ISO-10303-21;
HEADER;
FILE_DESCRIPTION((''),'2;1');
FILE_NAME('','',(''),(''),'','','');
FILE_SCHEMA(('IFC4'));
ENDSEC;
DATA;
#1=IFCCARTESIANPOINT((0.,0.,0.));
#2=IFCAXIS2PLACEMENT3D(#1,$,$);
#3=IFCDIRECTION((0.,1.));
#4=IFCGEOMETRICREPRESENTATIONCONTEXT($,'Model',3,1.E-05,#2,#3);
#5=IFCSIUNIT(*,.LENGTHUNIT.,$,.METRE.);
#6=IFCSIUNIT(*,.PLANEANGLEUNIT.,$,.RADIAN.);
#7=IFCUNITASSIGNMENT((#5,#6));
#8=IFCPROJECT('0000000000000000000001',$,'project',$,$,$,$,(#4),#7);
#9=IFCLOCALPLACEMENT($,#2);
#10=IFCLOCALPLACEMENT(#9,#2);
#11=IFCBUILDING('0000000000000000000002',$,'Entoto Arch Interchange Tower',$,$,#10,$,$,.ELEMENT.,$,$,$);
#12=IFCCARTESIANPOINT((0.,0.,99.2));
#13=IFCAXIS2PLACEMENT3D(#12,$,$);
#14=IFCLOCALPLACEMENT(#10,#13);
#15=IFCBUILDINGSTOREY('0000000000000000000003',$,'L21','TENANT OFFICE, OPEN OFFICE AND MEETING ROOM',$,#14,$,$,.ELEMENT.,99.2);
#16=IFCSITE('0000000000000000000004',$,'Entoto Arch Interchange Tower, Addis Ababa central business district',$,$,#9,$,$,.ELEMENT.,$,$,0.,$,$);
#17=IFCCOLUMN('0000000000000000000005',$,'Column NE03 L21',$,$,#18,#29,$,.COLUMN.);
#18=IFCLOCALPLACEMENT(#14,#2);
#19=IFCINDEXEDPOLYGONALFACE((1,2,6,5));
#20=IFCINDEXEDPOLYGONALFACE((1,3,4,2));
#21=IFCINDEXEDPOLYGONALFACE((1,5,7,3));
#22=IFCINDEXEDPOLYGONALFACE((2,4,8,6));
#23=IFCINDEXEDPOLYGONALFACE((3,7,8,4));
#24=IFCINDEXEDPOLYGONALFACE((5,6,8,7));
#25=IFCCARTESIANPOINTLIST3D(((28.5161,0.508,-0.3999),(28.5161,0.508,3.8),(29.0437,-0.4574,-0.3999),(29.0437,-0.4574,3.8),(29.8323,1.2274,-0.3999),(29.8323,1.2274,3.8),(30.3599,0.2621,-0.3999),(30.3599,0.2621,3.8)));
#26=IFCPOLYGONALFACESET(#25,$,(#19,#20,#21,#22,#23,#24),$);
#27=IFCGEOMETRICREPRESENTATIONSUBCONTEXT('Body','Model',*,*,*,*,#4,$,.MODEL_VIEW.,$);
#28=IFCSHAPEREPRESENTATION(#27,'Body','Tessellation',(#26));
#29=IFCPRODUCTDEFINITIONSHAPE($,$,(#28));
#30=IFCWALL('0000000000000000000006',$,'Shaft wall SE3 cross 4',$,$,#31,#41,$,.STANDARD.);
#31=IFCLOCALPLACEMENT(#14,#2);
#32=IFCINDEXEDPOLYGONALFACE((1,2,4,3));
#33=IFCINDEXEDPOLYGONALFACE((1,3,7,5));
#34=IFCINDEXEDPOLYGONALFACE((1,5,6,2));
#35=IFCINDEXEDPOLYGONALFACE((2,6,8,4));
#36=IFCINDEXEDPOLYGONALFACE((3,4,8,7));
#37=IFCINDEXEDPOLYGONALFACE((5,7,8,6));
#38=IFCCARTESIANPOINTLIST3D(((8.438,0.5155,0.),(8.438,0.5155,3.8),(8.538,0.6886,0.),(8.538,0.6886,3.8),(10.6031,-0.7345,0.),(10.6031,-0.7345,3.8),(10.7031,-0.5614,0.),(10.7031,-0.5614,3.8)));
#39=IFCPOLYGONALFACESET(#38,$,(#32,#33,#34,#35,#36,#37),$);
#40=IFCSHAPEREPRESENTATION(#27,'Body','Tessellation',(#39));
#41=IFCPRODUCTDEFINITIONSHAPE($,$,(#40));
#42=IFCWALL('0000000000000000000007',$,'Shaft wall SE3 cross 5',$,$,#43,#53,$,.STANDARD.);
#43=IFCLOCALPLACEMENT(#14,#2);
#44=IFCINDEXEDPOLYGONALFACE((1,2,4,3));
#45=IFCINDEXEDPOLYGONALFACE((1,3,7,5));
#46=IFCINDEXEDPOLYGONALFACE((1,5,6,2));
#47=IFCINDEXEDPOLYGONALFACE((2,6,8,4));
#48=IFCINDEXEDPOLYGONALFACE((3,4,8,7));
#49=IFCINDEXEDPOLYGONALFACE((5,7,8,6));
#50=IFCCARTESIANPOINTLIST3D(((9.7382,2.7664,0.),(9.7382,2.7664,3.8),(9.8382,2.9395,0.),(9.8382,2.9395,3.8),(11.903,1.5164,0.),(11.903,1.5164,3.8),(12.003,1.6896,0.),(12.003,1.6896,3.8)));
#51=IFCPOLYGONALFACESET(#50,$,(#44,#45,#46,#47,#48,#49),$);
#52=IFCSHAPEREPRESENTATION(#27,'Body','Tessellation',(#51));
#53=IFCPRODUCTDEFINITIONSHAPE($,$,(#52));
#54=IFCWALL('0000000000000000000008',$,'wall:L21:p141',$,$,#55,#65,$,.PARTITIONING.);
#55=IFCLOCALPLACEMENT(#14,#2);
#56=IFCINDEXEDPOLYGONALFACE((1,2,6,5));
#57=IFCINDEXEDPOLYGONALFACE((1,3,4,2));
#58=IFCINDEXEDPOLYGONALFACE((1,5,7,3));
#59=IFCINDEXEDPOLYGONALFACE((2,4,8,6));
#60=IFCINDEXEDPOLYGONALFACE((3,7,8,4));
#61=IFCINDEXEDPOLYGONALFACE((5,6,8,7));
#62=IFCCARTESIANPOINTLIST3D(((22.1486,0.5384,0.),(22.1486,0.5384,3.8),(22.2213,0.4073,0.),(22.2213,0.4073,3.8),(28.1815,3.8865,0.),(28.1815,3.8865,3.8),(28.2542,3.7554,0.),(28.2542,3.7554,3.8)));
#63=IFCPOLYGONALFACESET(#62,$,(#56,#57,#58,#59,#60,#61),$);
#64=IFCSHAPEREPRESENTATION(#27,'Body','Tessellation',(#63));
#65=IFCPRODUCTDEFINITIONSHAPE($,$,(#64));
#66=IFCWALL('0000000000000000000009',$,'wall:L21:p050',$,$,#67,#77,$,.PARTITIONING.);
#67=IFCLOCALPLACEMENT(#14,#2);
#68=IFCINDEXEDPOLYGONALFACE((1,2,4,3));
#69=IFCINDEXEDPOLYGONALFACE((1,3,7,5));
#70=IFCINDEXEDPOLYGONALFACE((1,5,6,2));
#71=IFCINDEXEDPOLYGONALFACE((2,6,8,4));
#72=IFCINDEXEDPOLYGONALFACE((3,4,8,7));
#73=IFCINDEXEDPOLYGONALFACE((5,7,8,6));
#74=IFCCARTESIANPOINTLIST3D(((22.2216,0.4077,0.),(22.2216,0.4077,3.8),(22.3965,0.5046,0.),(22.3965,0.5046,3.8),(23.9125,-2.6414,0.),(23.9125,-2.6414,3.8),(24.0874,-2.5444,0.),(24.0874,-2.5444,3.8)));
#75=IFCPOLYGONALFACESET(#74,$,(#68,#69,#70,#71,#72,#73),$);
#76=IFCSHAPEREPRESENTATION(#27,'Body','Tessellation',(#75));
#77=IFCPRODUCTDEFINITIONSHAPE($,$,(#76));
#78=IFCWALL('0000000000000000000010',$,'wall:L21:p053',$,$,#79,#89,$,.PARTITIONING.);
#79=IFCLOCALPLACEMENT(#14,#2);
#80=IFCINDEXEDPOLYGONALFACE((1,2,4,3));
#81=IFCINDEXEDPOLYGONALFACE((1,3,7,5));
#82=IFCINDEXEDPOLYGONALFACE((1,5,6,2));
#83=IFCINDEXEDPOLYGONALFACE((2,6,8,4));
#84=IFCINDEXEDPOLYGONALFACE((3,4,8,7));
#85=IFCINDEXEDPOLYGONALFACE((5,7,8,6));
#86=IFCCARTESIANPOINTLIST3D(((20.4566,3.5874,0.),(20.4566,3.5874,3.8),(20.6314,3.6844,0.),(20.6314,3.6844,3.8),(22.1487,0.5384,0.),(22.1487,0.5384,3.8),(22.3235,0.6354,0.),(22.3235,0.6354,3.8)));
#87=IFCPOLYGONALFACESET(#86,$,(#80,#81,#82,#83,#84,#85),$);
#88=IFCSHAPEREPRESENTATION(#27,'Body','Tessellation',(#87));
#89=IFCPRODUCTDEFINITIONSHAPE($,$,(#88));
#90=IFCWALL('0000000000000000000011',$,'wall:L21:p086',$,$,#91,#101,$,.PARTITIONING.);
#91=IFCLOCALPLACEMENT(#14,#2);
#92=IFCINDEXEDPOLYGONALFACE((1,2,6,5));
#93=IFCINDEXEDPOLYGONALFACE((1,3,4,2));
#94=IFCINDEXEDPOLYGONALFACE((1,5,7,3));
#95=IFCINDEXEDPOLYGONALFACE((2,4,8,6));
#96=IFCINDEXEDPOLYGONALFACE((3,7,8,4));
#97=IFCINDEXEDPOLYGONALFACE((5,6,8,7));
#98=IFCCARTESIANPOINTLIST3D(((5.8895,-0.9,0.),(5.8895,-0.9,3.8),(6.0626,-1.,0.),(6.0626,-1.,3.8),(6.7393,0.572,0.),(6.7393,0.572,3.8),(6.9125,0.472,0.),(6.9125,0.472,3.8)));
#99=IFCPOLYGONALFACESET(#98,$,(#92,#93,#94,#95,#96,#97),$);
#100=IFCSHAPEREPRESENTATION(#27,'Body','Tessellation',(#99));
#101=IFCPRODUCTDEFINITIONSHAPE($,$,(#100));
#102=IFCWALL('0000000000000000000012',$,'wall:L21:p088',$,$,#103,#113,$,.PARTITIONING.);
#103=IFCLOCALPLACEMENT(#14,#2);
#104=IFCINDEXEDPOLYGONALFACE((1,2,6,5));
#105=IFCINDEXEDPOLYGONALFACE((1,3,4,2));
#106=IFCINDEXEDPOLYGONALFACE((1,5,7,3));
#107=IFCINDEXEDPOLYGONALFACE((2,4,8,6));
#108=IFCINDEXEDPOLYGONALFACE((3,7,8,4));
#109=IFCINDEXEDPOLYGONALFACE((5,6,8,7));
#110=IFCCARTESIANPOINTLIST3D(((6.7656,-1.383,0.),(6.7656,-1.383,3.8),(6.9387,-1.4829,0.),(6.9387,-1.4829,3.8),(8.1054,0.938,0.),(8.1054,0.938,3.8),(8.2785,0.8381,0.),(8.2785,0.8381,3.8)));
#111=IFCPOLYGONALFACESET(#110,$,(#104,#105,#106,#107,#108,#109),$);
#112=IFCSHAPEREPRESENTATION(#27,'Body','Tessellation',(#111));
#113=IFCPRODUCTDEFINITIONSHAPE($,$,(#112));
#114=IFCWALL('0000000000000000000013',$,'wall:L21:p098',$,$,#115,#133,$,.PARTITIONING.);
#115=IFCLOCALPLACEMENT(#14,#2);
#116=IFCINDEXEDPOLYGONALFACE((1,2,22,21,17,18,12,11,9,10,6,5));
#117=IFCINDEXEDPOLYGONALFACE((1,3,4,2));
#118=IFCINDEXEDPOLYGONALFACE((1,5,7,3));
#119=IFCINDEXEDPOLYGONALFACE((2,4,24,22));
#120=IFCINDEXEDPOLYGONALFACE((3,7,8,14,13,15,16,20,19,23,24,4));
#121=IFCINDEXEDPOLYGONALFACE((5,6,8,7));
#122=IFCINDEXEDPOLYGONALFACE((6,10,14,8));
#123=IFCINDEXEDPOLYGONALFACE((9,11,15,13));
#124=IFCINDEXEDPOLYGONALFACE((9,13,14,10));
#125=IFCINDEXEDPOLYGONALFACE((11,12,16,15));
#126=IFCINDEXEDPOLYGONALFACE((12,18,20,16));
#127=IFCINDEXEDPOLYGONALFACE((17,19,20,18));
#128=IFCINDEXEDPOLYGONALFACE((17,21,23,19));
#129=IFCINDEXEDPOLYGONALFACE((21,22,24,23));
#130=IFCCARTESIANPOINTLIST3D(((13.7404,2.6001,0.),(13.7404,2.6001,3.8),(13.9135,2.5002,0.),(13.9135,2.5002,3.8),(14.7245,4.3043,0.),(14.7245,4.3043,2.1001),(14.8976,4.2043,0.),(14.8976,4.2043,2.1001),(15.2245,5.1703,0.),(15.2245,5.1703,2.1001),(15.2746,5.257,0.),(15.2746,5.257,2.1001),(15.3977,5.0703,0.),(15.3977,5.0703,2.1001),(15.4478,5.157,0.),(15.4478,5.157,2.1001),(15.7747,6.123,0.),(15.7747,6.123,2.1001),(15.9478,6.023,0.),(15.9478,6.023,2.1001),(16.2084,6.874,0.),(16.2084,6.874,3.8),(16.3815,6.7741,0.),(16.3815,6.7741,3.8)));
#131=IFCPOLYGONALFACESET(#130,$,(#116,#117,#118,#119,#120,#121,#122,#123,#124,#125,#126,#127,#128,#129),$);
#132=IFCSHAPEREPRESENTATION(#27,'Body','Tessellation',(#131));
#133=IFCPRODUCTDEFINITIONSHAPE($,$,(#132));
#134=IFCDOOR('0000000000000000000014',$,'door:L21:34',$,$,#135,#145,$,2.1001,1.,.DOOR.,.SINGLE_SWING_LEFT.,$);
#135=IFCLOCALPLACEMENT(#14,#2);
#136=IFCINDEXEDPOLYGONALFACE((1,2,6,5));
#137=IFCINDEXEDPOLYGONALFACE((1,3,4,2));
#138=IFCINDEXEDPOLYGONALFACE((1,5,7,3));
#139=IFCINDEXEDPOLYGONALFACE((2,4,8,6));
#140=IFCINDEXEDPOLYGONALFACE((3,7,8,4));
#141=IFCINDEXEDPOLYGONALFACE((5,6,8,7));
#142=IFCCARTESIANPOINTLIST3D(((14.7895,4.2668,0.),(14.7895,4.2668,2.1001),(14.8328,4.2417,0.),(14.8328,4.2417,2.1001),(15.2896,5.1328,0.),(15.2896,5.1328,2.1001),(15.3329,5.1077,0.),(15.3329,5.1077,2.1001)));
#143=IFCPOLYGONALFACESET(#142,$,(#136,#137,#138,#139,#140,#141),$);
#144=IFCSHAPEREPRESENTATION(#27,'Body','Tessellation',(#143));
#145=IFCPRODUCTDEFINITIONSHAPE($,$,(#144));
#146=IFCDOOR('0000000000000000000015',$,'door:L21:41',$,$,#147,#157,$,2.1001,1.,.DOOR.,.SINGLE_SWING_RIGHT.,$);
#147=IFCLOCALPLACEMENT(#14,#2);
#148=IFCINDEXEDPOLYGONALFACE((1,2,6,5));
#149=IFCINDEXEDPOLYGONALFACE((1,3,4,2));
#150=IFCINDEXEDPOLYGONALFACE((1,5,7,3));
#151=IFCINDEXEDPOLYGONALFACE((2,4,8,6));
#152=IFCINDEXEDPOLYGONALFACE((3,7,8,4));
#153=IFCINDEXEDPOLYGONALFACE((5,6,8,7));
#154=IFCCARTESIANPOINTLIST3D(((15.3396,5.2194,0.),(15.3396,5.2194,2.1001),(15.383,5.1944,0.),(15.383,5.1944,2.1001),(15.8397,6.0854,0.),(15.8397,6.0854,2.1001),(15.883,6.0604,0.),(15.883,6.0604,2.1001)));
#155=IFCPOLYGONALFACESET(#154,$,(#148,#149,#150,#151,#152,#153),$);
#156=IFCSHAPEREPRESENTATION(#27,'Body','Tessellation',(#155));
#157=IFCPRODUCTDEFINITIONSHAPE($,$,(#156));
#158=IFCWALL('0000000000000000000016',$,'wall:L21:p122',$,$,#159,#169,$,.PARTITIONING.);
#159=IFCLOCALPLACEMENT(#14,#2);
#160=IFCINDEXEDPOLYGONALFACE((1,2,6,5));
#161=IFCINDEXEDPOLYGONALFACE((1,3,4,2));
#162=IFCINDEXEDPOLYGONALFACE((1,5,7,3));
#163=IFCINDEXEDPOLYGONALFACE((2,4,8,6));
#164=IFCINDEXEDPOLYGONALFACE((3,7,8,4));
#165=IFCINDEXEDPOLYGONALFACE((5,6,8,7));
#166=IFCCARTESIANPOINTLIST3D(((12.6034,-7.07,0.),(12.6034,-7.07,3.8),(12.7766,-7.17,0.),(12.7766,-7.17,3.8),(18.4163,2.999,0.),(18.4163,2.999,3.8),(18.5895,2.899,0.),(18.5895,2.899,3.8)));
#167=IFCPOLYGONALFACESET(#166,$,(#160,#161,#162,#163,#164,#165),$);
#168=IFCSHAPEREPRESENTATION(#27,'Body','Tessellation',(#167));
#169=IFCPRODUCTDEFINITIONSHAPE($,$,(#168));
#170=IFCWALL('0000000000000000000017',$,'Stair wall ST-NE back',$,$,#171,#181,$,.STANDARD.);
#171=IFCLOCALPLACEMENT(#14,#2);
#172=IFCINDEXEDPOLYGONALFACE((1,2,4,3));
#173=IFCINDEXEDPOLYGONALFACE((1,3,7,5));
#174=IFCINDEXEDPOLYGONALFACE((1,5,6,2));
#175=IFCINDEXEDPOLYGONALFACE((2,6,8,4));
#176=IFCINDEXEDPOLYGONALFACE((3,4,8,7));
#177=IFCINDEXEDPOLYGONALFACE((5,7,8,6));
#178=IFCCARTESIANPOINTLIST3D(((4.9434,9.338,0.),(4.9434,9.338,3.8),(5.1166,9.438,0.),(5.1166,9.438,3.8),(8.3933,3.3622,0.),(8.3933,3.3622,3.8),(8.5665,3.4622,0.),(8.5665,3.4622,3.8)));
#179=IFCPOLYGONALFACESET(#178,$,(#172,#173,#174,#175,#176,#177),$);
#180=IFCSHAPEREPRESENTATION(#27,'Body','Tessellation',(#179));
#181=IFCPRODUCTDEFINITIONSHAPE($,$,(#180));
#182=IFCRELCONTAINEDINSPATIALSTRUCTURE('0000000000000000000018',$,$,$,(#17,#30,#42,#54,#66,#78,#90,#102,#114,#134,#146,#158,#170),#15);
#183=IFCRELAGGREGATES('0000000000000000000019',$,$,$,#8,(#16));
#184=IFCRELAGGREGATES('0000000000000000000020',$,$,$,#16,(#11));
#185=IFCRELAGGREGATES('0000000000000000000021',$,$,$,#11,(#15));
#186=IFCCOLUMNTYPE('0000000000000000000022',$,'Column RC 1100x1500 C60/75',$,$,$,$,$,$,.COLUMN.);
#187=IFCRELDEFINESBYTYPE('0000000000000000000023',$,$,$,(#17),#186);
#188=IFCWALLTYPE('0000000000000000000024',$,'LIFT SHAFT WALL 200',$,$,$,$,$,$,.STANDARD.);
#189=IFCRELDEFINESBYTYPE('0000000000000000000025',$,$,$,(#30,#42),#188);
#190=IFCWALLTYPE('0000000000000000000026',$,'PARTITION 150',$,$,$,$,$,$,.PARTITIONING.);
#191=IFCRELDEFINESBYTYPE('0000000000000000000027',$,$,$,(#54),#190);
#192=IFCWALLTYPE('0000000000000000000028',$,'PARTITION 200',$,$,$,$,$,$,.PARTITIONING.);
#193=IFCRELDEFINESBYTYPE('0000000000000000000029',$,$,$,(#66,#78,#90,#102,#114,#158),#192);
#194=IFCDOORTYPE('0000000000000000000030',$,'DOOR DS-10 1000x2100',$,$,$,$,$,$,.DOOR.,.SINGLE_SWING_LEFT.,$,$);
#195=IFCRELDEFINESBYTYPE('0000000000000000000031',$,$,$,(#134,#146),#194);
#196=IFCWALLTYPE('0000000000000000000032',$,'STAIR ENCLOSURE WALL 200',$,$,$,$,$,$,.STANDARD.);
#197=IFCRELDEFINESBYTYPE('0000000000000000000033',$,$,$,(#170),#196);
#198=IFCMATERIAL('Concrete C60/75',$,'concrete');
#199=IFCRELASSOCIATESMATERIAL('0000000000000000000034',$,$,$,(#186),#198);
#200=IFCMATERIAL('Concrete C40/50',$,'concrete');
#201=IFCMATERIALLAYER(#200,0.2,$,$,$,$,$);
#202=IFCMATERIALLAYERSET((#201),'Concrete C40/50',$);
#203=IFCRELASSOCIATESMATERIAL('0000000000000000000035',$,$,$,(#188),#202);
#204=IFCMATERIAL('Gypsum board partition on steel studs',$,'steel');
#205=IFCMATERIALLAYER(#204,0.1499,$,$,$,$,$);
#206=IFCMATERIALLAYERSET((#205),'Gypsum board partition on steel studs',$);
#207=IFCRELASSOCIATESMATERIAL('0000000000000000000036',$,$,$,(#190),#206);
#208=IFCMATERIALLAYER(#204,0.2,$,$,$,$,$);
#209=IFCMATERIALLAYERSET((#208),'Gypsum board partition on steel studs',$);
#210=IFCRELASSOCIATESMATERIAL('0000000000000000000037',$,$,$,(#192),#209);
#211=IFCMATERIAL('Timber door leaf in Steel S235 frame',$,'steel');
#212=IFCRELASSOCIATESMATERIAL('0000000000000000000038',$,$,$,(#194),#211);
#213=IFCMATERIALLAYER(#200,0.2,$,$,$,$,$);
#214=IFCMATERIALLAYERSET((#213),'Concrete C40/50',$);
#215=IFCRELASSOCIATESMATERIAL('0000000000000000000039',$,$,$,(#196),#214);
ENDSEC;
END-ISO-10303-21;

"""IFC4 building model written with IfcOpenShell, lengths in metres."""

from ifc_helpers import new_model, si_unit, direction, frame, frame_2d, origin, origin_2d, place, context, subcontext, project, spatial, rectangle, extrude, material, layer, layer_set, material_profile, profile_set, type_object, element, fill, save


model = new_model("IFC4")

# Units and contexts
model_context = context("Model", 3, precision=1e-05, world=origin(), true_north=direction((0.0, 1.0)))
body_context = subcontext(model_context, "Body", "Model", "MODEL_VIEW")
ifc_project = project(units=[si_unit("LENGTHUNIT", "METRE"), si_unit("PLANEANGLEUNIT", "RADIAN")], contexts=[model_context])

# Site, building, storey
site_placement = place(None, origin())
site = spatial("IfcSite", under=ifc_project, at=site_placement, Name="Entoto Arch Interchange Tower, Addis Ababa central business district", CompositionType="ELEMENT", RefElevation=0.0)
building_placement = place(site_placement, origin())
building = spatial("IfcBuilding", under=site, at=building_placement, Name="Entoto Arch Interchange Tower", CompositionType="ELEMENT")
storey_placement = place(building_placement, frame((0.0, 0.0, 99.2)))
storey = spatial("IfcBuildingStorey", under=building, at=storey_placement, Name="L21", Description="TENANT OFFICE, OPEN OFFICE AND MEETING ROOM", CompositionType="ELEMENT", Elevation=99.2)

# Column
ifc_material_1 = material(Name="Concrete C60/75", Category="concrete")
ifc_material_profile = material_profile(ifc_material_1, rectangle(XDim=1.1001, YDim=1.5, at=origin_2d()))
ifc_profile_set = profile_set([ifc_material_profile], Name="Concrete C60/75")
column_type = type_object("IfcColumnType", Name="Column RC 1100x1500 C60/75", PredefinedType="COLUMN", material=ifc_profile_set)
column_placement = place(storey_placement, frame((29.438, 0.385, -0.3999), z_axis=(0.0, 0.0, 1.0), x_axis=(-0.479611, 0.877481, 0.0)))
element("IfcColumn", 1, at=column_placement, inside=storey, type_object=column_type, Name="Column NE03 L21", PredefinedType="COLUMN", context=body_context, shape_type="SweptSolid", body=[
    extrude(rectangle(XDim=1.1001, YDim=1.5, at=origin_2d()), origin(), (0.0, 0.0, 1.0), 4.2),
])

# Walls
ifc_material_2 = material(Name="Concrete C40/50", Category="concrete")
ifc_layer_1 = layer(ifc_material_2, 0.2)
ifc_layer_set_1 = layer_set([ifc_layer_1], Name="Concrete C40/50")
wall_type_1 = type_object("IfcWallType", Name="LIFT SHAFT WALL 200", PredefinedType="STANDARD", material=ifc_layer_set_1)
wall_1_placement = place(storey_placement, frame((8.488, 0.6021, 0.0), z_axis=(0.0, 0.0, 1.0), x_axis=(0.866023, -0.500004, 0.0)))
element("IfcWall", 2, at=wall_1_placement, inside=storey, type_object=wall_type_1, Name="Shaft wall SE3 cross 4", PredefinedType="STANDARD", context=body_context, shape_type="SweptSolid", body=[
    extrude(rectangle(XDim=2.5, YDim=0.2, at=frame_2d((1.25, 0.0))), origin(), (0.0, 0.0, 1.0), 3.8),
])
wall_2_placement = place(storey_placement, frame((9.7881, 2.853, 0.0), z_axis=(0.0, 0.0, 1.0), x_axis=(0.865999, -0.500047, 0.0)))
element("IfcWall", 3, at=wall_2_placement, inside=storey, type_object=wall_type_1, Name="Shaft wall SE3 cross 5", PredefinedType="STANDARD", context=body_context, shape_type="SweptSolid", body=[
    extrude(rectangle(XDim=2.4998, YDim=0.2, at=frame_2d((1.25, 0.0))), origin(), (0.0, 0.0, 1.0), 3.8),
])
ifc_material_3 = material(Name="Gypsum board partition on steel studs", Category="steel")
ifc_layer_2 = layer(ifc_material_3, 0.1499)
ifc_layer_set_2 = layer_set([ifc_layer_2], Name="Gypsum board partition on steel studs")
wall_type_2 = type_object("IfcWallType", Name="PARTITION 150", PredefinedType="PARTITIONING", material=ifc_layer_set_2)
wall_3_placement = place(storey_placement, frame((22.1851, 0.4729, 0.0), z_axis=(0.0, 0.0, 1.0), x_axis=(0.874372, 0.485255, 0.0)))
element("IfcWall", 4, at=wall_3_placement, inside=storey, type_object=wall_type_2, Name="wall:L21:p141", PredefinedType="PARTITIONING", context=body_context, shape_type="SweptSolid", body=[
    extrude(rectangle(XDim=6.8997, YDim=0.1499, at=frame_2d((3.4497, 0.0))), origin(), (0.0, 0.0, 1.0), 3.8),
])
ifc_layer_3 = layer(ifc_material_3, 0.2)
ifc_layer_set_3 = layer_set([ifc_layer_3], Name="Gypsum board partition on steel studs")
wall_type_3 = type_object("IfcWallType", Name="PARTITION 200", PredefinedType="PARTITIONING", material=ifc_layer_set_3)
wall_4_placement = place(storey_placement, frame((22.3091, 0.4561, 0.0), z_axis=(0.0, 0.0, 1.0), x_axis=(0.484983, -0.874524, 0.0)))
element("IfcWall", 5, at=wall_4_placement, inside=storey, type_object=wall_type_3, Name="wall:L21:p050", PredefinedType="PARTITIONING", context=body_context, shape_type="SweptSolid", body=[
    extrude(rectangle(XDim=3.4866, YDim=0.2, at=frame_2d((1.7432, 0.0))), origin(), (0.0, 0.0, 1.0), 3.8),
])
wall_5_placement = place(storey_placement, frame((20.5439, 3.636, 0.0), z_axis=(0.0, 0.0, 1.0), x_axis=(0.485251, -0.874375, 0.0)))
element("IfcWall", 6, at=wall_5_placement, inside=storey, type_object=wall_type_3, Name="wall:L21:p053", PredefinedType="PARTITIONING", context=body_context, shape_type="SweptSolid", body=[
    extrude(rectangle(XDim=3.4871, YDim=0.2, at=frame_2d((1.7437, 0.0))), origin(), (0.0, 0.0, 1.0), 3.8),
])
wall_6_placement = place(storey_placement, frame((6.8259, 0.522, 0.0), z_axis=(0.0, 0.0, 1.0), x_axis=(-0.500017, -0.866016, 0.0)))
element("IfcWall", 7, at=wall_6_placement, inside=storey, type_object=wall_type_3, Name="wall:L21:p086", PredefinedType="PARTITIONING", context=body_context, shape_type="SweptSolid", body=[
    extrude(rectangle(XDim=1.6997, YDim=0.2, at=frame_2d((0.8499, 0.0))), origin(), (0.0, 0.0, 1.0), 3.8),
])
wall_7_placement = place(storey_placement, frame((8.1919, 0.8879, 0.0), z_axis=(0.0, 0.0, 1.0), x_axis=(-0.499941, -0.86606, 0.0)))
element("IfcWall", 8, at=wall_7_placement, inside=storey, type_object=wall_type_3, Name="wall:L21:p088", PredefinedType="PARTITIONING", context=body_context, shape_type="SweptSolid", body=[
    extrude(rectangle(XDim=2.6799, YDim=0.2, at=frame_2d((1.3398, 0.0))), origin(), (0.0, 0.0, 1.0), 3.8),
])

# Wall, openings, doors
wall_8_placement = place(storey_placement, frame((13.8269, 2.55, 0.0), z_axis=(0.0, 0.0, 1.0), x_axis=(0.500071, 0.865985, 0.0)))
wall_8 = element("IfcWall", 9, at=wall_8_placement, inside=storey, type_object=wall_type_3, Name="wall:L21:p098", PredefinedType="PARTITIONING", context=body_context, shape_type="SweptSolid", body=[
    extrude(rectangle(XDim=4.9353, YDim=0.2, at=frame_2d((2.4678, 0.0))), origin(), (0.0, 0.0, 1.0), 3.8),
])
opening_1_placement = place(wall_8_placement, frame((1.968, 0.0, 0.0)))
opening_1 = element("IfcOpeningElement", 10, at=opening_1_placement, cuts=wall_8, PredefinedType="OPENING", context=body_context, shape_type="SweptSolid", body=[
    extrude(rectangle(XDim=1.0, YDim=2.1001, at=frame_2d((0.5, 1.05))), frame((0.0, 0.1099, 0.0), z_axis=(0.0, -1.0, 0.0), x_axis=(1.0, 0.0, 0.0)), (0.0, 0.0, 1.0), 0.22),
])
opening_2_placement = place(wall_8_placement, frame((3.0681, 0.0, 0.0)))
opening_2 = element("IfcOpeningElement", 11, at=opening_2_placement, cuts=wall_8, PredefinedType="OPENING", context=body_context, shape_type="SweptSolid", body=[
    extrude(rectangle(XDim=1.0, YDim=2.1001, at=frame_2d((0.5, 1.05))), frame((0.0, 0.1099, 0.0), z_axis=(0.0, -1.0, 0.0), x_axis=(1.0, 0.0, 0.0)), (0.0, 0.0, 1.0), 0.22),
])
ifc_material_4 = material(Name="Timber door leaf in Steel S235 frame", Category="steel")
door_type = type_object("IfcDoorType", Name="DOOR DS-10 1000x2100", OperationType="SINGLE_SWING_LEFT", PredefinedType="DOOR", material=ifc_material_4)
door_1_placement = place(opening_1_placement, origin())
door_1 = element("IfcDoor", 12, at=door_1_placement, inside=storey, type_object=door_type, Name="door:L21:34", OperationType="SINGLE_SWING_LEFT", OverallHeight=2.1001, OverallWidth=1.0, PredefinedType="DOOR", context=body_context, shape_type="SweptSolid", body=[
    extrude(rectangle(XDim=1.0, YDim=2.1001, at=frame_2d((0.5, 1.05))), frame((0.0, 0.0249, 0.0), z_axis=(0.0, -1.0, 0.0), x_axis=(1.0, 0.0, 0.0)), (0.0, 0.0, 1.0), 0.05),
])
fill(opening_1, door_1)
door_2_placement = place(opening_2_placement, origin())
door_2 = element("IfcDoor", 13, at=door_2_placement, inside=storey, type_object=door_type, Name="door:L21:41", OperationType="SINGLE_SWING_RIGHT", OverallHeight=2.1001, OverallWidth=1.0, PredefinedType="DOOR", context=body_context, shape_type="SweptSolid", body=[
    extrude(rectangle(XDim=1.0, YDim=2.1001, at=frame_2d((0.5, 1.05))), frame((0.0, 0.0249, 0.0), z_axis=(0.0, -1.0, 0.0), x_axis=(1.0, 0.0, 0.0)), (0.0, 0.0, 1.0), 0.05),
])
fill(opening_2, door_2)

# Walls
wall_9_placement = place(storey_placement, frame((18.5029, 2.949, 0.0), z_axis=(0.0, 0.0, 1.0), x_axis=(-0.499974, -0.86604, 0.0)))
element("IfcWall", 14, at=wall_9_placement, inside=storey, type_object=wall_type_3, Name="wall:L21:p122", PredefinedType="PARTITIONING", context=body_context, shape_type="SweptSolid", body=[
    extrude(rectangle(XDim=11.6265, YDim=0.2, at=frame_2d((5.8132, 0.0))), origin(), (0.0, 0.0, 1.0), 3.8),
])
ifc_layer_4 = layer(ifc_material_2, 0.2)
ifc_layer_set_4 = layer_set([ifc_layer_4], Name="Concrete C40/50")
wall_type_4 = type_object("IfcWallType", Name="STAIR ENCLOSURE WALL 200", PredefinedType="STANDARD", material=ifc_layer_set_4)
wall_10_placement = place(storey_placement, frame((8.48, 3.4121, 0.0), z_axis=(0.0, 0.0, 1.0), x_axis=(-0.499979, 0.866038, 0.0)))
element("IfcWall", 15, at=wall_10_placement, inside=storey, type_object=wall_type_4, Name="Stair wall ST-NE back", PredefinedType="STANDARD", context=body_context, shape_type="SweptSolid", body=[
    extrude(rectangle(XDim=6.9001, YDim=0.2, at=frame_2d((3.4502, 0.0))), origin(), (0.0, 0.0, 1.0), 3.8),
])

save(model, "model.ifc")
